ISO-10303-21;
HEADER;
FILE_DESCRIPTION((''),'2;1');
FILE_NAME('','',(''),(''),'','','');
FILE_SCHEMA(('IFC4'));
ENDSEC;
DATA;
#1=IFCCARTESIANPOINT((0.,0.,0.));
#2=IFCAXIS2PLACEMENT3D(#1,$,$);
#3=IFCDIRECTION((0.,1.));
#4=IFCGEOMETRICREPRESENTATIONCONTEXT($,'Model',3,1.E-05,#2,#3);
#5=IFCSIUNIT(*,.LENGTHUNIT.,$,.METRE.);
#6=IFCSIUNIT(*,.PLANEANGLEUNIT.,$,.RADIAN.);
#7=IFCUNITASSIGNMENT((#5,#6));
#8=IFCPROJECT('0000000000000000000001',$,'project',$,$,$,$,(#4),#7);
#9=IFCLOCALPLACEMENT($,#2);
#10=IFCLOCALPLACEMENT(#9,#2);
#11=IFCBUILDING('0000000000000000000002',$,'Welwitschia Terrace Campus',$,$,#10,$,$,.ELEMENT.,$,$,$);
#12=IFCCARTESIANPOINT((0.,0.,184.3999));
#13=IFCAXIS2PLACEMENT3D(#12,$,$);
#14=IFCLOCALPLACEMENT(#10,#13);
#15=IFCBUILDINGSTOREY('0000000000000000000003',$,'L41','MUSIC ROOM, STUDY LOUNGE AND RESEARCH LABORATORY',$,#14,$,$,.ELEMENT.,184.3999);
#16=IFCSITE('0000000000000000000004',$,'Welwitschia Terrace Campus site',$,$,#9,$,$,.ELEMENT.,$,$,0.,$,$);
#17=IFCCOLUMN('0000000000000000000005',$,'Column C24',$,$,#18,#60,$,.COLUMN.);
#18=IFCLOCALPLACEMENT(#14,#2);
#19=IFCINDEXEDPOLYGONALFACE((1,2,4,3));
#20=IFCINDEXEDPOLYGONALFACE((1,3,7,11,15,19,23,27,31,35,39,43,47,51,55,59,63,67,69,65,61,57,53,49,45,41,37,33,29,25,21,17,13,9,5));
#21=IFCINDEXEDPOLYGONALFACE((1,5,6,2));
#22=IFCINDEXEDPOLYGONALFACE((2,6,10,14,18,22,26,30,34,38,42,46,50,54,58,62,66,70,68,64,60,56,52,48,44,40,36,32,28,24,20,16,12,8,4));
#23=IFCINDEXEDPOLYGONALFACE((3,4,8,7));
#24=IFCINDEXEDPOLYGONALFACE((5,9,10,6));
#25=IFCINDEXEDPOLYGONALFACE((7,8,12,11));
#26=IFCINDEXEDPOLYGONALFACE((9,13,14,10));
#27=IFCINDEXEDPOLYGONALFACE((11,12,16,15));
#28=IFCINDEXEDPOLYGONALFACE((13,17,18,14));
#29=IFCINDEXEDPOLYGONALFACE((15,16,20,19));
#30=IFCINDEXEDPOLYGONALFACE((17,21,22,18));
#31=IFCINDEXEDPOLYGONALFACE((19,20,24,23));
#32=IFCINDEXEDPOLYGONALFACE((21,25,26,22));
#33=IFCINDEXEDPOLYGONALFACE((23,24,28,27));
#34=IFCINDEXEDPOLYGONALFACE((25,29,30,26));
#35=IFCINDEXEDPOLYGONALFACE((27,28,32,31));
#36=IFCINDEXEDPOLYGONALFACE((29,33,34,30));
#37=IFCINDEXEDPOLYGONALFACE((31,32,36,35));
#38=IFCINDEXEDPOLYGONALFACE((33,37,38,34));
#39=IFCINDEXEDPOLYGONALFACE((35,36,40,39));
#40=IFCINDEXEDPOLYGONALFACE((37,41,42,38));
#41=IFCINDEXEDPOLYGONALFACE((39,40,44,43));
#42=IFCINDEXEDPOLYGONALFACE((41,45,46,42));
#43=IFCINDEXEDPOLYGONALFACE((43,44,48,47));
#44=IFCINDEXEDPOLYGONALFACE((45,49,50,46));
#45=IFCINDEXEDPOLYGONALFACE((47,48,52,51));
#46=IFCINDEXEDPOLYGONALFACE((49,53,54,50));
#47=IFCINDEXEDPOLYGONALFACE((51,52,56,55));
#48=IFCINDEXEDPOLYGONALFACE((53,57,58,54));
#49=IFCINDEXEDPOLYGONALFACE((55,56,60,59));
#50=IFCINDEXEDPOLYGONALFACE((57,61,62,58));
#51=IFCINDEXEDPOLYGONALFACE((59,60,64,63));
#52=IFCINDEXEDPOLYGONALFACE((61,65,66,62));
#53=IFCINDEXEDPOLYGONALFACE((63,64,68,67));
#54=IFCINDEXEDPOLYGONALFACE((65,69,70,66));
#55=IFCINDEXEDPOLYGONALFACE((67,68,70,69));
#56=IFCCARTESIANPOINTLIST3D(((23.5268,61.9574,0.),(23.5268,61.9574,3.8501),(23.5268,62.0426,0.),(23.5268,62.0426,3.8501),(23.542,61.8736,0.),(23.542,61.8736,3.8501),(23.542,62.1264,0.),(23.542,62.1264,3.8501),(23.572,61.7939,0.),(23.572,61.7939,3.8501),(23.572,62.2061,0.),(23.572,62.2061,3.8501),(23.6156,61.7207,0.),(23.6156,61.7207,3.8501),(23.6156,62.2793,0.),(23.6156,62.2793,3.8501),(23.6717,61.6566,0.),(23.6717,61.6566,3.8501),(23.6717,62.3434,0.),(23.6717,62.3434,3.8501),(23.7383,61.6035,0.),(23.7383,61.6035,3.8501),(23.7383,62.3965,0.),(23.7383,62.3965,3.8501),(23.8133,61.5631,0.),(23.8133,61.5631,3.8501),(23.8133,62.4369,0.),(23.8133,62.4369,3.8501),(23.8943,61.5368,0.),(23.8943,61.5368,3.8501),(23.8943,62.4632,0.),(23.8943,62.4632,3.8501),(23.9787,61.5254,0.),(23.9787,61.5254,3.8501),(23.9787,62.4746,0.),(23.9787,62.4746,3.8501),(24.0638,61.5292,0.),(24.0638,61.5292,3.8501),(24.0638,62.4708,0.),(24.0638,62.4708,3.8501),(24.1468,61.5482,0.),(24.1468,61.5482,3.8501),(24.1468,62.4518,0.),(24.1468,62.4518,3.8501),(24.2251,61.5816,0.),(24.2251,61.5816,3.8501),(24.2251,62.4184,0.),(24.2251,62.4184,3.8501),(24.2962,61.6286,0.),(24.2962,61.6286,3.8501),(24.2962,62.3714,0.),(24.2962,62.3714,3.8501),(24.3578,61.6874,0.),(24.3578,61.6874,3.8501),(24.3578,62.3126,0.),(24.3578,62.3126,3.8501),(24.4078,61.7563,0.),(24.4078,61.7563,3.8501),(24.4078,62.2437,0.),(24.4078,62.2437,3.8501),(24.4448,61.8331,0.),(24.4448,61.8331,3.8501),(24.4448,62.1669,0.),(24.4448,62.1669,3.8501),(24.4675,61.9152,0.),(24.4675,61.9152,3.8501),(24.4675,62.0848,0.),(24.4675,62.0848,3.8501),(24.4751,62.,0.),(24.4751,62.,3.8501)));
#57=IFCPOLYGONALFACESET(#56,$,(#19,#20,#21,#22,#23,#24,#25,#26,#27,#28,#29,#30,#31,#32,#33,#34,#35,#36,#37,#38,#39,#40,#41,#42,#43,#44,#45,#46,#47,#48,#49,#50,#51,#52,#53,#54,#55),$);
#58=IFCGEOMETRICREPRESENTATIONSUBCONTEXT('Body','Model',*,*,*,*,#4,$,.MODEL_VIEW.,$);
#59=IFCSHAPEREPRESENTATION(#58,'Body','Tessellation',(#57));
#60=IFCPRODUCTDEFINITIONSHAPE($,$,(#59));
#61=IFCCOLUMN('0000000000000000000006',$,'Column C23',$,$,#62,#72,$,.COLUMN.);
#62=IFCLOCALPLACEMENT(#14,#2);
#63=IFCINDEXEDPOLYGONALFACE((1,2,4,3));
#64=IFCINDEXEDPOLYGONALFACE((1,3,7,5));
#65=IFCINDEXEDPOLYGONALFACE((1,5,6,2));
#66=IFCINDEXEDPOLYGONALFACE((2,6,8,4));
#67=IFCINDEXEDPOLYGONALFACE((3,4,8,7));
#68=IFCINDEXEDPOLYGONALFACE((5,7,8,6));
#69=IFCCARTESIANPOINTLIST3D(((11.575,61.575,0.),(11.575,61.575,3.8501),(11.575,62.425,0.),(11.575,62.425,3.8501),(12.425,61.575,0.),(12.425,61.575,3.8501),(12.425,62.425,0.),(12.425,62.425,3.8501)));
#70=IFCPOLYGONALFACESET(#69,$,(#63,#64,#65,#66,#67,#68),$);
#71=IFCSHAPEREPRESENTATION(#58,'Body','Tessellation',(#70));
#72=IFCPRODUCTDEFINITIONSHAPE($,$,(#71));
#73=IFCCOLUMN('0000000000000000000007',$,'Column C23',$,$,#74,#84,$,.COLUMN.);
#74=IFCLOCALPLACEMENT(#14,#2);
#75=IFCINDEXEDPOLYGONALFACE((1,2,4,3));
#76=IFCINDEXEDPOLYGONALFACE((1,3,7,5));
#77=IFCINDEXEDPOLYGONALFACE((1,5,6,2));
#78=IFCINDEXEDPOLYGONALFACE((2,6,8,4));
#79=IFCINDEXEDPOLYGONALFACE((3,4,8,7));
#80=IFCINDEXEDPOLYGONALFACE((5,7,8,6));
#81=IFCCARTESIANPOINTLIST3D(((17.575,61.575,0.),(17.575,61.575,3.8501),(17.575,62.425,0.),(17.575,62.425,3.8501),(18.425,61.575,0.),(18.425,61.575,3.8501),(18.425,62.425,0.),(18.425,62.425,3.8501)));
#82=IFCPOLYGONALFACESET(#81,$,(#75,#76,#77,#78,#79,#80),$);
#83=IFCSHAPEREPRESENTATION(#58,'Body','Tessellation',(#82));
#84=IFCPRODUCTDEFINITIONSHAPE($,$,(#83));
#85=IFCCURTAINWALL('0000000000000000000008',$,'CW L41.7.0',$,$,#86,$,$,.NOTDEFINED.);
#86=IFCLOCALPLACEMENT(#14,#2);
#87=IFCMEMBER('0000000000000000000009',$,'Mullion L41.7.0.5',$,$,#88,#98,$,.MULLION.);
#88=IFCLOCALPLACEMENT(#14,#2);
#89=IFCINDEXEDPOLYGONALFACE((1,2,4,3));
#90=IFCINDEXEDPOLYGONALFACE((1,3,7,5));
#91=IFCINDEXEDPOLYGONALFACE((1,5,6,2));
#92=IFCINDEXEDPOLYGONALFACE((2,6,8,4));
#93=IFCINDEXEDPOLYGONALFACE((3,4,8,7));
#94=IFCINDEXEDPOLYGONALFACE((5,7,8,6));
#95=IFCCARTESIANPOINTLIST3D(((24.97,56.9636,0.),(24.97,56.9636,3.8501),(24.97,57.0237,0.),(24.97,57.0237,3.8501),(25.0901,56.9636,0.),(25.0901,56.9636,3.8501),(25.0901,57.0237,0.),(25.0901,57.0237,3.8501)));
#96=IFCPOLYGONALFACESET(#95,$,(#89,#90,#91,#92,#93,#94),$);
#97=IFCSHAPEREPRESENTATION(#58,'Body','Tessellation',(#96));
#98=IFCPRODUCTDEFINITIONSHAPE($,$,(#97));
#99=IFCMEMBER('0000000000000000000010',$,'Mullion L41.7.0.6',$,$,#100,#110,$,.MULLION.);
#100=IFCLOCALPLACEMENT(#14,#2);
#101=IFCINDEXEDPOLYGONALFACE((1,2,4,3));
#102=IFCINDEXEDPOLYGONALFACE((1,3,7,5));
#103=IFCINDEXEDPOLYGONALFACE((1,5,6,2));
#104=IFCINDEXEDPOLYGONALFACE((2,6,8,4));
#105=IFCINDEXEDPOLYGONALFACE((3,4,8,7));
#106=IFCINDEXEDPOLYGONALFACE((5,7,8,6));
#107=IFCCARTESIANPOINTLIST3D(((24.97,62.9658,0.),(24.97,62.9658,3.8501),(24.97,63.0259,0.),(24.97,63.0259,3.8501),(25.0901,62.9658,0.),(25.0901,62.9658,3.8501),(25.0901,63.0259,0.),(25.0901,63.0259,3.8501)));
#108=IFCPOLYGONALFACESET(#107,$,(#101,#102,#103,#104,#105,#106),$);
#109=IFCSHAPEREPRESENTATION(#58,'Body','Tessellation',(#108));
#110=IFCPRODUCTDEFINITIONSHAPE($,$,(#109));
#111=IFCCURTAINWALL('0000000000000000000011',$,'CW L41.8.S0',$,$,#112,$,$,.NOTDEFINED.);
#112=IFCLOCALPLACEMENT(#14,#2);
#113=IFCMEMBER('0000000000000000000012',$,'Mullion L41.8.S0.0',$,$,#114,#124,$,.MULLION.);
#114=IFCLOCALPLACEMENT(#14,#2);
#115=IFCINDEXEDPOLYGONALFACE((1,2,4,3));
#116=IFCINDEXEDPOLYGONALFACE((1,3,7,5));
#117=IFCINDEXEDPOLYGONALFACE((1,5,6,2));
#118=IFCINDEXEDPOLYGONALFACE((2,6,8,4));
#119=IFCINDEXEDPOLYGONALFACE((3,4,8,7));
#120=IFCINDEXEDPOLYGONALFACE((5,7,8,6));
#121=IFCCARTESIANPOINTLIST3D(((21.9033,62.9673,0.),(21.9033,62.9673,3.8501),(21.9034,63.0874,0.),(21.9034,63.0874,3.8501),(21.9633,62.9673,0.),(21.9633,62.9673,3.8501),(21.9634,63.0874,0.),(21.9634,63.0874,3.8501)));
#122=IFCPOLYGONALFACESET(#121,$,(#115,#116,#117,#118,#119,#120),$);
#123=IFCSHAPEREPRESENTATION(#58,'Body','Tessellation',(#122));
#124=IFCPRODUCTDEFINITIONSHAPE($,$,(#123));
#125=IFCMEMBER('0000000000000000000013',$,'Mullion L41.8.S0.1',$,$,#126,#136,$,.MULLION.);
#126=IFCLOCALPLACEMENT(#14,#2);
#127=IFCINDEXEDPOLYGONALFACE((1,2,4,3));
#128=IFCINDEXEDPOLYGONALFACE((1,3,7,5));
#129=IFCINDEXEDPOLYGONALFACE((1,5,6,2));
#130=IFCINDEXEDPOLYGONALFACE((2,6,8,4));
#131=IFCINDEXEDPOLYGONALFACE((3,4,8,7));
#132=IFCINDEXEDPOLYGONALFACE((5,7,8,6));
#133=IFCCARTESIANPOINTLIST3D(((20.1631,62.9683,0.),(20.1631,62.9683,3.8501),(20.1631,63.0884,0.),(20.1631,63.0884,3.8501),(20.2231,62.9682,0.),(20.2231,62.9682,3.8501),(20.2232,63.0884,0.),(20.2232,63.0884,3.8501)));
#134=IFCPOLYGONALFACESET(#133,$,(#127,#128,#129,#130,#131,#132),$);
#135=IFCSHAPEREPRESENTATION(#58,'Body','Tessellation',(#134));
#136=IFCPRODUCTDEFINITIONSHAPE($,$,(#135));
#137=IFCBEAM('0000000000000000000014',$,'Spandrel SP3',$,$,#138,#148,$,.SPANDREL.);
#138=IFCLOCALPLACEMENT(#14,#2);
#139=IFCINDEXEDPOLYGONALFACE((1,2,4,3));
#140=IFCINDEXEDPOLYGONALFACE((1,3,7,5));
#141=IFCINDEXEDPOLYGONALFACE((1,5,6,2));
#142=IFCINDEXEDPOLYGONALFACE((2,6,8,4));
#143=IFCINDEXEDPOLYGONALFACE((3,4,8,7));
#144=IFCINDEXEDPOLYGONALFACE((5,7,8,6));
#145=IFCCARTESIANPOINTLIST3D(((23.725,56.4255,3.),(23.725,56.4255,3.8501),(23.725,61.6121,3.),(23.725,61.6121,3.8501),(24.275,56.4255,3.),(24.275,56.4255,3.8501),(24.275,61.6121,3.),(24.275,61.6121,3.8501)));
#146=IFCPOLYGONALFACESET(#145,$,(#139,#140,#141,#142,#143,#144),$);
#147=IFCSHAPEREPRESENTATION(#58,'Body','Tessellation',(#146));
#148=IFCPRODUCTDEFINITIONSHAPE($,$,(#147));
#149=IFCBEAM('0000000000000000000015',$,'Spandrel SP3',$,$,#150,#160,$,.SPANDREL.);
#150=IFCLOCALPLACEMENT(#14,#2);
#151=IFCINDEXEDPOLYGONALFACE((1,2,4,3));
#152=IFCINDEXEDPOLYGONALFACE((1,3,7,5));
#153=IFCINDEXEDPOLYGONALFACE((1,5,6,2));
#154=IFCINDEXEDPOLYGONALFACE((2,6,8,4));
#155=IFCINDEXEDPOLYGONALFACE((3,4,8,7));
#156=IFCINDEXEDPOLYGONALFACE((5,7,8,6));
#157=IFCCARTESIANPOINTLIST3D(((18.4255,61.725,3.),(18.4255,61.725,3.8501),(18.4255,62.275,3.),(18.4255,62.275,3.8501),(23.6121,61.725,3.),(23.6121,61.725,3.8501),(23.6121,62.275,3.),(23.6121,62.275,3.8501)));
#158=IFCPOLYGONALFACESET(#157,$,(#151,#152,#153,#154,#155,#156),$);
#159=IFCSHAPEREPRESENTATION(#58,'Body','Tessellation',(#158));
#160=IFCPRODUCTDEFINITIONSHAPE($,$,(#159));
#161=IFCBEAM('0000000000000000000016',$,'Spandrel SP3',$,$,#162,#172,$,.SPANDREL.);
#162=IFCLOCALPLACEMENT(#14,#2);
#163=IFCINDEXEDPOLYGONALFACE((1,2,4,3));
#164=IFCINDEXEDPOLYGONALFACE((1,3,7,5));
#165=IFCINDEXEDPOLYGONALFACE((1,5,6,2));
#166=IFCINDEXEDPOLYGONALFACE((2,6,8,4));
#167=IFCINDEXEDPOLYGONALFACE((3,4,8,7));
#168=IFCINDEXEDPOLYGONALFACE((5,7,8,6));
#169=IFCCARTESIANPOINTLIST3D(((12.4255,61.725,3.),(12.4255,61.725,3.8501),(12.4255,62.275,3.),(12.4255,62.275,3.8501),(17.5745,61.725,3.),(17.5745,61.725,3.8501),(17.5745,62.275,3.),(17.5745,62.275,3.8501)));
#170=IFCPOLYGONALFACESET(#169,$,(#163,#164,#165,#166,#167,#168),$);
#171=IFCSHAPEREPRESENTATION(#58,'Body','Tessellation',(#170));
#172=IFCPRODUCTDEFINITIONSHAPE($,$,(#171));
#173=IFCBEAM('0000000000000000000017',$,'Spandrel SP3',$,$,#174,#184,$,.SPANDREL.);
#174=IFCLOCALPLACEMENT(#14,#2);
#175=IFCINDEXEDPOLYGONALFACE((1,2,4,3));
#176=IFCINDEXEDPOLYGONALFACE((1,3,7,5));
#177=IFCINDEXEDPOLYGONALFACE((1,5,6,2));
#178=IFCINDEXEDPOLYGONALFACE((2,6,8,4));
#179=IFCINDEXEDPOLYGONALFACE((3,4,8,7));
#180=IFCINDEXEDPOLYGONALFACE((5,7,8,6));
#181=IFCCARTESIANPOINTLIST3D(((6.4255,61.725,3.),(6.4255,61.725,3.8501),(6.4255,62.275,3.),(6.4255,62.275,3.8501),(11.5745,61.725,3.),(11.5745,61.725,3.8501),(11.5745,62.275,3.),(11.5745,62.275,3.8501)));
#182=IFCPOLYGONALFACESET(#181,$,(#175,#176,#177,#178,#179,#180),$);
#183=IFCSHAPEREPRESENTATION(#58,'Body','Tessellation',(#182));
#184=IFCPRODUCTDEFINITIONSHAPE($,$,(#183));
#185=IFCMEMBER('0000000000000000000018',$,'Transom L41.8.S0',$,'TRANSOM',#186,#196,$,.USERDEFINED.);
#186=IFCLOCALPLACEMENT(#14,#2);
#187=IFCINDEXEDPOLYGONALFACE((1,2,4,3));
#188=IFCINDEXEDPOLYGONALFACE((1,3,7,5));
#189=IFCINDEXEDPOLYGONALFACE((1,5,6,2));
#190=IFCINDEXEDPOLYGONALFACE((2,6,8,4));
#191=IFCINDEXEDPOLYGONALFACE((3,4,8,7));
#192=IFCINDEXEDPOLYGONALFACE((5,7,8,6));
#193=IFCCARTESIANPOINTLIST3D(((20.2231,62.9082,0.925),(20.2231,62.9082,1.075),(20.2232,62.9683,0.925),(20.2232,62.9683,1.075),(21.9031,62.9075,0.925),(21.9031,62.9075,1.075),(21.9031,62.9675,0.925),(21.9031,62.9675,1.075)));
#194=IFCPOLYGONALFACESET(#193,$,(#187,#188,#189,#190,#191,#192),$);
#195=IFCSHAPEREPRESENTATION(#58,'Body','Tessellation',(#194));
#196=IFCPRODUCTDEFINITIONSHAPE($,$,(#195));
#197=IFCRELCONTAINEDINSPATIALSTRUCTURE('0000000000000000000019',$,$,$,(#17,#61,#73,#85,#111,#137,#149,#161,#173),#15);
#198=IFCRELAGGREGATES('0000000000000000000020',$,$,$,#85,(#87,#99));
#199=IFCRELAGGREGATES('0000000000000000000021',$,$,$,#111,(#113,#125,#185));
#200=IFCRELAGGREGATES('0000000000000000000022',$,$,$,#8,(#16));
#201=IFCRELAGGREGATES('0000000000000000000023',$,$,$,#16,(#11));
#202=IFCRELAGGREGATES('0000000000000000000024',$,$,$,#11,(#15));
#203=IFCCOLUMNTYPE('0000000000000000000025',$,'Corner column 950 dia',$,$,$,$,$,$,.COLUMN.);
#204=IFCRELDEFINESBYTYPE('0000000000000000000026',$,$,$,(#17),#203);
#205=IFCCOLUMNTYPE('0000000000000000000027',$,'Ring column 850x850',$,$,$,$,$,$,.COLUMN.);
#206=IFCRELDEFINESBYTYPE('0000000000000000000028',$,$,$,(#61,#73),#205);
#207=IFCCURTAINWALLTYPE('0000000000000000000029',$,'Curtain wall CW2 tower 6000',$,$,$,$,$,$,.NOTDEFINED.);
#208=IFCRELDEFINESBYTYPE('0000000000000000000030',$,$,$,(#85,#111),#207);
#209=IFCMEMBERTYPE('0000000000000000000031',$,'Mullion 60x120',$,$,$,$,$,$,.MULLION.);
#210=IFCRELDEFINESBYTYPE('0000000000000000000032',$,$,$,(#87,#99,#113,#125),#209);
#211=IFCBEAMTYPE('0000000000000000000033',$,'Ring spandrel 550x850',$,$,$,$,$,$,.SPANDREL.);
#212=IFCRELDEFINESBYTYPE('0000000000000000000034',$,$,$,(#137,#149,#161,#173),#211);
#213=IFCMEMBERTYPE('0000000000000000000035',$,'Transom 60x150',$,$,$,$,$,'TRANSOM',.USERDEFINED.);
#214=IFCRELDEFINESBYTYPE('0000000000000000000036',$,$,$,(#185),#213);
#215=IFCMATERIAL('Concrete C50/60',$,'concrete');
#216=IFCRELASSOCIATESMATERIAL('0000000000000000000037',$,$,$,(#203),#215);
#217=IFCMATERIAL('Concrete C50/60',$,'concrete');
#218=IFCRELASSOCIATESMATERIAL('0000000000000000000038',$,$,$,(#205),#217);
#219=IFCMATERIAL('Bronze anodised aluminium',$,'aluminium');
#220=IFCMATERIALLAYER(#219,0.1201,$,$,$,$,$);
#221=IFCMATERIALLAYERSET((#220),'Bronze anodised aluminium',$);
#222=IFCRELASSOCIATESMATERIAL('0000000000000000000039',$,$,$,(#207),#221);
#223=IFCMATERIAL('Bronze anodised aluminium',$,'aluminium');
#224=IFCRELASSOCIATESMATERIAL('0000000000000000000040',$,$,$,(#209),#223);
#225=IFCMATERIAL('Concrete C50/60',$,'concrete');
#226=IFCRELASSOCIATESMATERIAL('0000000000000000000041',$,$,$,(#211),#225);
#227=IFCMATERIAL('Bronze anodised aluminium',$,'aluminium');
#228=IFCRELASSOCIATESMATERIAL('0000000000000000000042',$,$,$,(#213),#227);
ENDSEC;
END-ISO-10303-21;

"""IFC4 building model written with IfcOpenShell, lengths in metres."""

from ifc_helpers import new_model, si_unit, direction, frame, origin, origin_2d, place, context, subcontext, project, spatial, rectangle, circle, extrude, material, layer, layer_set, material_profile, profile_set, type_object, element, aggregate, save


model = new_model("IFC4")

# Units and contexts
model_context = context("Model", 3, precision=1e-05, world=origin(), true_north=direction((0.0, 1.0)))
body_context = subcontext(model_context, "Body", "Model", "MODEL_VIEW")
ifc_project = project(units=[si_unit("LENGTHUNIT", "METRE"), si_unit("PLANEANGLEUNIT", "RADIAN")], contexts=[model_context])

# Site, building, storey
site_placement = place(None, origin())
site = spatial("IfcSite", under=ifc_project, at=site_placement, Name="Welwitschia Terrace Campus site", CompositionType="ELEMENT", RefElevation=0.0)
building_placement = place(site_placement, origin())
building = spatial("IfcBuilding", under=site, at=building_placement, Name="Welwitschia Terrace Campus", CompositionType="ELEMENT")
storey_placement = place(building_placement, frame((0.0, 0.0, 184.3999)))
storey = spatial("IfcBuildingStorey", under=building, at=storey_placement, Name="L41", Description="MUSIC ROOM, STUDY LOUNGE AND RESEARCH LABORATORY", CompositionType="ELEMENT", Elevation=184.3999)

# Columns
ifc_material_1 = material(Name="Concrete C50/60", Category="concrete")
ifc_material_profile_1 = material_profile(ifc_material_1, circle(Radius=0.4751, at=origin_2d()))
ifc_profile_set_1 = profile_set([ifc_material_profile_1], Name="Concrete C50/60")
column_type_1 = type_object("IfcColumnType", Name="Corner column 950 dia", PredefinedType="COLUMN", material=ifc_profile_set_1)
column_placement = place(storey_placement, frame((24.0, 62.0, 0.0), z_axis=(0.0, 0.0, 1.0), x_axis=(1.0, 0.0, 0.0)))
element("IfcColumn", 1, at=column_placement, inside=storey, type_object=column_type_1, Name="Column C24", PredefinedType="COLUMN", context=body_context, shape_type="SweptSolid", body=[
    extrude(circle(Radius=0.4751, at=origin_2d()), origin(), (0.0, 0.0, 1.0), 3.8501),
])
ifc_material_2 = material(Name="Concrete C50/60", Category="concrete")
ifc_material_profile_2 = material_profile(ifc_material_2, rectangle(XDim=0.8501, YDim=0.8501, at=origin_2d()))
ifc_profile_set_2 = profile_set([ifc_material_profile_2], Name="Concrete C50/60")
column_type_2 = type_object("IfcColumnType", Name="Ring column 850x850", PredefinedType="COLUMN", material=ifc_profile_set_2)
for number, where, z_axis, x_axis, name in (
    (2, (12.0, 62.0, 0.0), (0.0, 0.0, 1.0), (1.0, 0.0, 0.0), "Column C23"),
    (3, (18.0, 62.0, 0.0), (0.0, 0.0, 1.0), (1.0, 0.0, 0.0), "Column C23"),
):
    element("IfcColumn", number, at=place(storey_placement, frame(where, z_axis=z_axis, x_axis=x_axis)), inside=storey, type_object=column_type_2, Name=name, PredefinedType="COLUMN", context=body_context, shape_type="SweptSolid", body=[
        extrude(rectangle(XDim=0.8501, YDim=0.8501, at=origin_2d()), origin(), (0.0, 0.0, 1.0), 3.8501),
    ])

# Curtain walls, members
ifc_material_3 = material(Name="Bronze anodised aluminium", Category="aluminium")
ifc_layer_1 = layer(ifc_material_3, 0.1201)
ifc_layer_set_1 = layer_set([ifc_layer_1], Name="Bronze anodised aluminium")
curtain_wall_type = type_object("IfcCurtainWallType", Name="Curtain wall CW2 tower 6000", PredefinedType="NOTDEFINED", material=ifc_layer_set_1)
curtain_wall_1_placement = place(storey_placement, origin())
curtain_wall_1 = element("IfcCurtainWall", 4, at=curtain_wall_1_placement, inside=storey, type_object=curtain_wall_type, Name="CW L41.7.0", PredefinedType="NOTDEFINED")
ifc_material_4 = material(Name="Bronze anodised aluminium", Category="aluminium")
ifc_material_profile_3 = material_profile(ifc_material_4, rectangle(XDim=0.1201, YDim=0.0601, at=origin_2d()))
ifc_profile_set_3 = profile_set([ifc_material_profile_3], Name="Bronze anodised aluminium")
member_type_1 = type_object("IfcMemberType", Name="Mullion 60x120", PredefinedType="MULLION", material=ifc_profile_set_3)
member_1_placement = place(storey_placement, frame((25.03, 56.9937, 0.0), z_axis=(0.0, 0.0, 1.0), x_axis=(-1.0, 0.0, 0.0)))
member_1 = element("IfcMember", 5, at=member_1_placement, type_object=member_type_1, Name="Mullion L41.7.0.5", PredefinedType="MULLION", context=body_context, shape_type="SweptSolid", body=[
    extrude(rectangle(XDim=0.1201, YDim=0.0601, at=origin_2d()), origin(), (0.0, 0.0, 1.0), 3.8501),
])
member_2_placement = place(storey_placement, frame((25.03, 62.9958, 0.0), z_axis=(0.0, 0.0, 1.0), x_axis=(-1.0, 0.0, 0.0)))
member_2 = element("IfcMember", 6, at=member_2_placement, type_object=member_type_1, Name="Mullion L41.7.0.6", PredefinedType="MULLION", context=body_context, shape_type="SweptSolid", body=[
    extrude(rectangle(XDim=0.1201, YDim=0.0601, at=origin_2d()), origin(), (0.0, 0.0, 1.0), 3.8501),
])
curtain_wall_2_placement = place(storey_placement, origin())
curtain_wall_2 = element("IfcCurtainWall", 7, at=curtain_wall_2_placement, inside=storey, type_object=curtain_wall_type, Name="CW L41.8.S0", PredefinedType="NOTDEFINED")
member_3_placement = place(storey_placement, frame((21.9333, 63.0273, 0.0), z_axis=(0.0, 0.0, 1.0), x_axis=(-0.000538, -1.0, 0.0)))
member_3 = element("IfcMember", 8, at=member_3_placement, type_object=member_type_1, Name="Mullion L41.8.S0.0", PredefinedType="MULLION", context=body_context, shape_type="SweptSolid", body=[
    extrude(rectangle(XDim=0.1201, YDim=0.0601, at=origin_2d()), origin(), (0.0, 0.0, 1.0), 3.8501),
])
member_4_placement = place(storey_placement, frame((20.1931, 63.0283, 0.0), z_axis=(0.0, 0.0, 1.0), x_axis=(-0.000538, -1.0, 0.0)))
member_4 = element("IfcMember", 9, at=member_4_placement, type_object=member_type_1, Name="Mullion L41.8.S0.1", PredefinedType="MULLION", context=body_context, shape_type="SweptSolid", body=[
    extrude(rectangle(XDim=0.1201, YDim=0.0601, at=origin_2d()), origin(), (0.0, 0.0, 1.0), 3.8501),
])

# Beams
ifc_material_5 = material(Name="Concrete C50/60", Category="concrete")
ifc_material_profile_4 = material_profile(ifc_material_5, rectangle(XDim=0.55, YDim=0.8501, at=origin_2d()))
ifc_profile_set_4 = profile_set([ifc_material_profile_4], Name="Concrete C50/60")
beam_type = type_object("IfcBeamType", Name="Ring spandrel 550x850", PredefinedType="SPANDREL", material=ifc_profile_set_4)
for number, where, z_axis, x_axis, name in (
    (10, (24.0, 56.4255, 3.425), (0.0, 1.0, 0.0), (-1.0, 0.0, 0.0), "Spandrel SP3"),
    (11, (23.6121, 62.0, 3.425), (-1.0, 0.0, 0.0), (0.0, -1.0, 0.0), "Spandrel SP3"),
):
    element("IfcBeam", number, at=place(storey_placement, frame(where, z_axis=z_axis, x_axis=x_axis)), inside=storey, type_object=beam_type, Name=name, PredefinedType="SPANDREL", context=body_context, shape_type="SweptSolid", body=[
        extrude(rectangle(XDim=0.55, YDim=0.8501, at=origin_2d()), origin(), (0.0, 0.0, 1.0), 5.1865),
    ])
for number, where, z_axis, x_axis, name in (
    (12, (17.5745, 62.0, 3.425), (-1.0, 0.0, 0.0), (0.0, -1.0, 0.0), "Spandrel SP3"),
    (13, (11.5745, 62.0, 3.425), (-1.0, 0.0, 0.0), (0.0, -1.0, 0.0), "Spandrel SP3"),
):
    element("IfcBeam", number, at=place(storey_placement, frame(where, z_axis=z_axis, x_axis=x_axis)), inside=storey, type_object=beam_type, Name=name, PredefinedType="SPANDREL", context=body_context, shape_type="SweptSolid", body=[
        extrude(rectangle(XDim=0.55, YDim=0.8501, at=origin_2d()), origin(), (0.0, 0.0, 1.0), 5.1489),
    ])

# Member
ifc_material_6 = material(Name="Bronze anodised aluminium", Category="aluminium")
ifc_material_profile_5 = material_profile(ifc_material_6, rectangle(XDim=0.0601, YDim=0.1499, at=origin_2d()))
ifc_profile_set_5 = profile_set([ifc_material_profile_5], Name="Bronze anodised aluminium")
member_type_2 = type_object("IfcMemberType", Name="Transom 60x150", ElementType="TRANSOM", PredefinedType="USERDEFINED", material=ifc_profile_set_5)
member_5_placement = place(storey_placement, frame((21.9031, 62.9375, 1.0), z_axis=(-1.0, 0.000436, 0.0), x_axis=(-0.000436, -1.0, 0.0)))
member_5 = element("IfcMember", 14, at=member_5_placement, type_object=member_type_2, Name="Transom L41.8.S0", ObjectType="TRANSOM", PredefinedType="USERDEFINED", context=body_context, shape_type="SweptSolid", body=[
    extrude(rectangle(XDim=0.0601, YDim=0.1499, at=origin_2d()), origin(), (0.0, 0.0, 1.0), 1.6799),
])

aggregate(curtain_wall_1, [member_1, member_2])
aggregate(curtain_wall_2, [member_3, member_4, member_5])

save(model, "model.ifc")
